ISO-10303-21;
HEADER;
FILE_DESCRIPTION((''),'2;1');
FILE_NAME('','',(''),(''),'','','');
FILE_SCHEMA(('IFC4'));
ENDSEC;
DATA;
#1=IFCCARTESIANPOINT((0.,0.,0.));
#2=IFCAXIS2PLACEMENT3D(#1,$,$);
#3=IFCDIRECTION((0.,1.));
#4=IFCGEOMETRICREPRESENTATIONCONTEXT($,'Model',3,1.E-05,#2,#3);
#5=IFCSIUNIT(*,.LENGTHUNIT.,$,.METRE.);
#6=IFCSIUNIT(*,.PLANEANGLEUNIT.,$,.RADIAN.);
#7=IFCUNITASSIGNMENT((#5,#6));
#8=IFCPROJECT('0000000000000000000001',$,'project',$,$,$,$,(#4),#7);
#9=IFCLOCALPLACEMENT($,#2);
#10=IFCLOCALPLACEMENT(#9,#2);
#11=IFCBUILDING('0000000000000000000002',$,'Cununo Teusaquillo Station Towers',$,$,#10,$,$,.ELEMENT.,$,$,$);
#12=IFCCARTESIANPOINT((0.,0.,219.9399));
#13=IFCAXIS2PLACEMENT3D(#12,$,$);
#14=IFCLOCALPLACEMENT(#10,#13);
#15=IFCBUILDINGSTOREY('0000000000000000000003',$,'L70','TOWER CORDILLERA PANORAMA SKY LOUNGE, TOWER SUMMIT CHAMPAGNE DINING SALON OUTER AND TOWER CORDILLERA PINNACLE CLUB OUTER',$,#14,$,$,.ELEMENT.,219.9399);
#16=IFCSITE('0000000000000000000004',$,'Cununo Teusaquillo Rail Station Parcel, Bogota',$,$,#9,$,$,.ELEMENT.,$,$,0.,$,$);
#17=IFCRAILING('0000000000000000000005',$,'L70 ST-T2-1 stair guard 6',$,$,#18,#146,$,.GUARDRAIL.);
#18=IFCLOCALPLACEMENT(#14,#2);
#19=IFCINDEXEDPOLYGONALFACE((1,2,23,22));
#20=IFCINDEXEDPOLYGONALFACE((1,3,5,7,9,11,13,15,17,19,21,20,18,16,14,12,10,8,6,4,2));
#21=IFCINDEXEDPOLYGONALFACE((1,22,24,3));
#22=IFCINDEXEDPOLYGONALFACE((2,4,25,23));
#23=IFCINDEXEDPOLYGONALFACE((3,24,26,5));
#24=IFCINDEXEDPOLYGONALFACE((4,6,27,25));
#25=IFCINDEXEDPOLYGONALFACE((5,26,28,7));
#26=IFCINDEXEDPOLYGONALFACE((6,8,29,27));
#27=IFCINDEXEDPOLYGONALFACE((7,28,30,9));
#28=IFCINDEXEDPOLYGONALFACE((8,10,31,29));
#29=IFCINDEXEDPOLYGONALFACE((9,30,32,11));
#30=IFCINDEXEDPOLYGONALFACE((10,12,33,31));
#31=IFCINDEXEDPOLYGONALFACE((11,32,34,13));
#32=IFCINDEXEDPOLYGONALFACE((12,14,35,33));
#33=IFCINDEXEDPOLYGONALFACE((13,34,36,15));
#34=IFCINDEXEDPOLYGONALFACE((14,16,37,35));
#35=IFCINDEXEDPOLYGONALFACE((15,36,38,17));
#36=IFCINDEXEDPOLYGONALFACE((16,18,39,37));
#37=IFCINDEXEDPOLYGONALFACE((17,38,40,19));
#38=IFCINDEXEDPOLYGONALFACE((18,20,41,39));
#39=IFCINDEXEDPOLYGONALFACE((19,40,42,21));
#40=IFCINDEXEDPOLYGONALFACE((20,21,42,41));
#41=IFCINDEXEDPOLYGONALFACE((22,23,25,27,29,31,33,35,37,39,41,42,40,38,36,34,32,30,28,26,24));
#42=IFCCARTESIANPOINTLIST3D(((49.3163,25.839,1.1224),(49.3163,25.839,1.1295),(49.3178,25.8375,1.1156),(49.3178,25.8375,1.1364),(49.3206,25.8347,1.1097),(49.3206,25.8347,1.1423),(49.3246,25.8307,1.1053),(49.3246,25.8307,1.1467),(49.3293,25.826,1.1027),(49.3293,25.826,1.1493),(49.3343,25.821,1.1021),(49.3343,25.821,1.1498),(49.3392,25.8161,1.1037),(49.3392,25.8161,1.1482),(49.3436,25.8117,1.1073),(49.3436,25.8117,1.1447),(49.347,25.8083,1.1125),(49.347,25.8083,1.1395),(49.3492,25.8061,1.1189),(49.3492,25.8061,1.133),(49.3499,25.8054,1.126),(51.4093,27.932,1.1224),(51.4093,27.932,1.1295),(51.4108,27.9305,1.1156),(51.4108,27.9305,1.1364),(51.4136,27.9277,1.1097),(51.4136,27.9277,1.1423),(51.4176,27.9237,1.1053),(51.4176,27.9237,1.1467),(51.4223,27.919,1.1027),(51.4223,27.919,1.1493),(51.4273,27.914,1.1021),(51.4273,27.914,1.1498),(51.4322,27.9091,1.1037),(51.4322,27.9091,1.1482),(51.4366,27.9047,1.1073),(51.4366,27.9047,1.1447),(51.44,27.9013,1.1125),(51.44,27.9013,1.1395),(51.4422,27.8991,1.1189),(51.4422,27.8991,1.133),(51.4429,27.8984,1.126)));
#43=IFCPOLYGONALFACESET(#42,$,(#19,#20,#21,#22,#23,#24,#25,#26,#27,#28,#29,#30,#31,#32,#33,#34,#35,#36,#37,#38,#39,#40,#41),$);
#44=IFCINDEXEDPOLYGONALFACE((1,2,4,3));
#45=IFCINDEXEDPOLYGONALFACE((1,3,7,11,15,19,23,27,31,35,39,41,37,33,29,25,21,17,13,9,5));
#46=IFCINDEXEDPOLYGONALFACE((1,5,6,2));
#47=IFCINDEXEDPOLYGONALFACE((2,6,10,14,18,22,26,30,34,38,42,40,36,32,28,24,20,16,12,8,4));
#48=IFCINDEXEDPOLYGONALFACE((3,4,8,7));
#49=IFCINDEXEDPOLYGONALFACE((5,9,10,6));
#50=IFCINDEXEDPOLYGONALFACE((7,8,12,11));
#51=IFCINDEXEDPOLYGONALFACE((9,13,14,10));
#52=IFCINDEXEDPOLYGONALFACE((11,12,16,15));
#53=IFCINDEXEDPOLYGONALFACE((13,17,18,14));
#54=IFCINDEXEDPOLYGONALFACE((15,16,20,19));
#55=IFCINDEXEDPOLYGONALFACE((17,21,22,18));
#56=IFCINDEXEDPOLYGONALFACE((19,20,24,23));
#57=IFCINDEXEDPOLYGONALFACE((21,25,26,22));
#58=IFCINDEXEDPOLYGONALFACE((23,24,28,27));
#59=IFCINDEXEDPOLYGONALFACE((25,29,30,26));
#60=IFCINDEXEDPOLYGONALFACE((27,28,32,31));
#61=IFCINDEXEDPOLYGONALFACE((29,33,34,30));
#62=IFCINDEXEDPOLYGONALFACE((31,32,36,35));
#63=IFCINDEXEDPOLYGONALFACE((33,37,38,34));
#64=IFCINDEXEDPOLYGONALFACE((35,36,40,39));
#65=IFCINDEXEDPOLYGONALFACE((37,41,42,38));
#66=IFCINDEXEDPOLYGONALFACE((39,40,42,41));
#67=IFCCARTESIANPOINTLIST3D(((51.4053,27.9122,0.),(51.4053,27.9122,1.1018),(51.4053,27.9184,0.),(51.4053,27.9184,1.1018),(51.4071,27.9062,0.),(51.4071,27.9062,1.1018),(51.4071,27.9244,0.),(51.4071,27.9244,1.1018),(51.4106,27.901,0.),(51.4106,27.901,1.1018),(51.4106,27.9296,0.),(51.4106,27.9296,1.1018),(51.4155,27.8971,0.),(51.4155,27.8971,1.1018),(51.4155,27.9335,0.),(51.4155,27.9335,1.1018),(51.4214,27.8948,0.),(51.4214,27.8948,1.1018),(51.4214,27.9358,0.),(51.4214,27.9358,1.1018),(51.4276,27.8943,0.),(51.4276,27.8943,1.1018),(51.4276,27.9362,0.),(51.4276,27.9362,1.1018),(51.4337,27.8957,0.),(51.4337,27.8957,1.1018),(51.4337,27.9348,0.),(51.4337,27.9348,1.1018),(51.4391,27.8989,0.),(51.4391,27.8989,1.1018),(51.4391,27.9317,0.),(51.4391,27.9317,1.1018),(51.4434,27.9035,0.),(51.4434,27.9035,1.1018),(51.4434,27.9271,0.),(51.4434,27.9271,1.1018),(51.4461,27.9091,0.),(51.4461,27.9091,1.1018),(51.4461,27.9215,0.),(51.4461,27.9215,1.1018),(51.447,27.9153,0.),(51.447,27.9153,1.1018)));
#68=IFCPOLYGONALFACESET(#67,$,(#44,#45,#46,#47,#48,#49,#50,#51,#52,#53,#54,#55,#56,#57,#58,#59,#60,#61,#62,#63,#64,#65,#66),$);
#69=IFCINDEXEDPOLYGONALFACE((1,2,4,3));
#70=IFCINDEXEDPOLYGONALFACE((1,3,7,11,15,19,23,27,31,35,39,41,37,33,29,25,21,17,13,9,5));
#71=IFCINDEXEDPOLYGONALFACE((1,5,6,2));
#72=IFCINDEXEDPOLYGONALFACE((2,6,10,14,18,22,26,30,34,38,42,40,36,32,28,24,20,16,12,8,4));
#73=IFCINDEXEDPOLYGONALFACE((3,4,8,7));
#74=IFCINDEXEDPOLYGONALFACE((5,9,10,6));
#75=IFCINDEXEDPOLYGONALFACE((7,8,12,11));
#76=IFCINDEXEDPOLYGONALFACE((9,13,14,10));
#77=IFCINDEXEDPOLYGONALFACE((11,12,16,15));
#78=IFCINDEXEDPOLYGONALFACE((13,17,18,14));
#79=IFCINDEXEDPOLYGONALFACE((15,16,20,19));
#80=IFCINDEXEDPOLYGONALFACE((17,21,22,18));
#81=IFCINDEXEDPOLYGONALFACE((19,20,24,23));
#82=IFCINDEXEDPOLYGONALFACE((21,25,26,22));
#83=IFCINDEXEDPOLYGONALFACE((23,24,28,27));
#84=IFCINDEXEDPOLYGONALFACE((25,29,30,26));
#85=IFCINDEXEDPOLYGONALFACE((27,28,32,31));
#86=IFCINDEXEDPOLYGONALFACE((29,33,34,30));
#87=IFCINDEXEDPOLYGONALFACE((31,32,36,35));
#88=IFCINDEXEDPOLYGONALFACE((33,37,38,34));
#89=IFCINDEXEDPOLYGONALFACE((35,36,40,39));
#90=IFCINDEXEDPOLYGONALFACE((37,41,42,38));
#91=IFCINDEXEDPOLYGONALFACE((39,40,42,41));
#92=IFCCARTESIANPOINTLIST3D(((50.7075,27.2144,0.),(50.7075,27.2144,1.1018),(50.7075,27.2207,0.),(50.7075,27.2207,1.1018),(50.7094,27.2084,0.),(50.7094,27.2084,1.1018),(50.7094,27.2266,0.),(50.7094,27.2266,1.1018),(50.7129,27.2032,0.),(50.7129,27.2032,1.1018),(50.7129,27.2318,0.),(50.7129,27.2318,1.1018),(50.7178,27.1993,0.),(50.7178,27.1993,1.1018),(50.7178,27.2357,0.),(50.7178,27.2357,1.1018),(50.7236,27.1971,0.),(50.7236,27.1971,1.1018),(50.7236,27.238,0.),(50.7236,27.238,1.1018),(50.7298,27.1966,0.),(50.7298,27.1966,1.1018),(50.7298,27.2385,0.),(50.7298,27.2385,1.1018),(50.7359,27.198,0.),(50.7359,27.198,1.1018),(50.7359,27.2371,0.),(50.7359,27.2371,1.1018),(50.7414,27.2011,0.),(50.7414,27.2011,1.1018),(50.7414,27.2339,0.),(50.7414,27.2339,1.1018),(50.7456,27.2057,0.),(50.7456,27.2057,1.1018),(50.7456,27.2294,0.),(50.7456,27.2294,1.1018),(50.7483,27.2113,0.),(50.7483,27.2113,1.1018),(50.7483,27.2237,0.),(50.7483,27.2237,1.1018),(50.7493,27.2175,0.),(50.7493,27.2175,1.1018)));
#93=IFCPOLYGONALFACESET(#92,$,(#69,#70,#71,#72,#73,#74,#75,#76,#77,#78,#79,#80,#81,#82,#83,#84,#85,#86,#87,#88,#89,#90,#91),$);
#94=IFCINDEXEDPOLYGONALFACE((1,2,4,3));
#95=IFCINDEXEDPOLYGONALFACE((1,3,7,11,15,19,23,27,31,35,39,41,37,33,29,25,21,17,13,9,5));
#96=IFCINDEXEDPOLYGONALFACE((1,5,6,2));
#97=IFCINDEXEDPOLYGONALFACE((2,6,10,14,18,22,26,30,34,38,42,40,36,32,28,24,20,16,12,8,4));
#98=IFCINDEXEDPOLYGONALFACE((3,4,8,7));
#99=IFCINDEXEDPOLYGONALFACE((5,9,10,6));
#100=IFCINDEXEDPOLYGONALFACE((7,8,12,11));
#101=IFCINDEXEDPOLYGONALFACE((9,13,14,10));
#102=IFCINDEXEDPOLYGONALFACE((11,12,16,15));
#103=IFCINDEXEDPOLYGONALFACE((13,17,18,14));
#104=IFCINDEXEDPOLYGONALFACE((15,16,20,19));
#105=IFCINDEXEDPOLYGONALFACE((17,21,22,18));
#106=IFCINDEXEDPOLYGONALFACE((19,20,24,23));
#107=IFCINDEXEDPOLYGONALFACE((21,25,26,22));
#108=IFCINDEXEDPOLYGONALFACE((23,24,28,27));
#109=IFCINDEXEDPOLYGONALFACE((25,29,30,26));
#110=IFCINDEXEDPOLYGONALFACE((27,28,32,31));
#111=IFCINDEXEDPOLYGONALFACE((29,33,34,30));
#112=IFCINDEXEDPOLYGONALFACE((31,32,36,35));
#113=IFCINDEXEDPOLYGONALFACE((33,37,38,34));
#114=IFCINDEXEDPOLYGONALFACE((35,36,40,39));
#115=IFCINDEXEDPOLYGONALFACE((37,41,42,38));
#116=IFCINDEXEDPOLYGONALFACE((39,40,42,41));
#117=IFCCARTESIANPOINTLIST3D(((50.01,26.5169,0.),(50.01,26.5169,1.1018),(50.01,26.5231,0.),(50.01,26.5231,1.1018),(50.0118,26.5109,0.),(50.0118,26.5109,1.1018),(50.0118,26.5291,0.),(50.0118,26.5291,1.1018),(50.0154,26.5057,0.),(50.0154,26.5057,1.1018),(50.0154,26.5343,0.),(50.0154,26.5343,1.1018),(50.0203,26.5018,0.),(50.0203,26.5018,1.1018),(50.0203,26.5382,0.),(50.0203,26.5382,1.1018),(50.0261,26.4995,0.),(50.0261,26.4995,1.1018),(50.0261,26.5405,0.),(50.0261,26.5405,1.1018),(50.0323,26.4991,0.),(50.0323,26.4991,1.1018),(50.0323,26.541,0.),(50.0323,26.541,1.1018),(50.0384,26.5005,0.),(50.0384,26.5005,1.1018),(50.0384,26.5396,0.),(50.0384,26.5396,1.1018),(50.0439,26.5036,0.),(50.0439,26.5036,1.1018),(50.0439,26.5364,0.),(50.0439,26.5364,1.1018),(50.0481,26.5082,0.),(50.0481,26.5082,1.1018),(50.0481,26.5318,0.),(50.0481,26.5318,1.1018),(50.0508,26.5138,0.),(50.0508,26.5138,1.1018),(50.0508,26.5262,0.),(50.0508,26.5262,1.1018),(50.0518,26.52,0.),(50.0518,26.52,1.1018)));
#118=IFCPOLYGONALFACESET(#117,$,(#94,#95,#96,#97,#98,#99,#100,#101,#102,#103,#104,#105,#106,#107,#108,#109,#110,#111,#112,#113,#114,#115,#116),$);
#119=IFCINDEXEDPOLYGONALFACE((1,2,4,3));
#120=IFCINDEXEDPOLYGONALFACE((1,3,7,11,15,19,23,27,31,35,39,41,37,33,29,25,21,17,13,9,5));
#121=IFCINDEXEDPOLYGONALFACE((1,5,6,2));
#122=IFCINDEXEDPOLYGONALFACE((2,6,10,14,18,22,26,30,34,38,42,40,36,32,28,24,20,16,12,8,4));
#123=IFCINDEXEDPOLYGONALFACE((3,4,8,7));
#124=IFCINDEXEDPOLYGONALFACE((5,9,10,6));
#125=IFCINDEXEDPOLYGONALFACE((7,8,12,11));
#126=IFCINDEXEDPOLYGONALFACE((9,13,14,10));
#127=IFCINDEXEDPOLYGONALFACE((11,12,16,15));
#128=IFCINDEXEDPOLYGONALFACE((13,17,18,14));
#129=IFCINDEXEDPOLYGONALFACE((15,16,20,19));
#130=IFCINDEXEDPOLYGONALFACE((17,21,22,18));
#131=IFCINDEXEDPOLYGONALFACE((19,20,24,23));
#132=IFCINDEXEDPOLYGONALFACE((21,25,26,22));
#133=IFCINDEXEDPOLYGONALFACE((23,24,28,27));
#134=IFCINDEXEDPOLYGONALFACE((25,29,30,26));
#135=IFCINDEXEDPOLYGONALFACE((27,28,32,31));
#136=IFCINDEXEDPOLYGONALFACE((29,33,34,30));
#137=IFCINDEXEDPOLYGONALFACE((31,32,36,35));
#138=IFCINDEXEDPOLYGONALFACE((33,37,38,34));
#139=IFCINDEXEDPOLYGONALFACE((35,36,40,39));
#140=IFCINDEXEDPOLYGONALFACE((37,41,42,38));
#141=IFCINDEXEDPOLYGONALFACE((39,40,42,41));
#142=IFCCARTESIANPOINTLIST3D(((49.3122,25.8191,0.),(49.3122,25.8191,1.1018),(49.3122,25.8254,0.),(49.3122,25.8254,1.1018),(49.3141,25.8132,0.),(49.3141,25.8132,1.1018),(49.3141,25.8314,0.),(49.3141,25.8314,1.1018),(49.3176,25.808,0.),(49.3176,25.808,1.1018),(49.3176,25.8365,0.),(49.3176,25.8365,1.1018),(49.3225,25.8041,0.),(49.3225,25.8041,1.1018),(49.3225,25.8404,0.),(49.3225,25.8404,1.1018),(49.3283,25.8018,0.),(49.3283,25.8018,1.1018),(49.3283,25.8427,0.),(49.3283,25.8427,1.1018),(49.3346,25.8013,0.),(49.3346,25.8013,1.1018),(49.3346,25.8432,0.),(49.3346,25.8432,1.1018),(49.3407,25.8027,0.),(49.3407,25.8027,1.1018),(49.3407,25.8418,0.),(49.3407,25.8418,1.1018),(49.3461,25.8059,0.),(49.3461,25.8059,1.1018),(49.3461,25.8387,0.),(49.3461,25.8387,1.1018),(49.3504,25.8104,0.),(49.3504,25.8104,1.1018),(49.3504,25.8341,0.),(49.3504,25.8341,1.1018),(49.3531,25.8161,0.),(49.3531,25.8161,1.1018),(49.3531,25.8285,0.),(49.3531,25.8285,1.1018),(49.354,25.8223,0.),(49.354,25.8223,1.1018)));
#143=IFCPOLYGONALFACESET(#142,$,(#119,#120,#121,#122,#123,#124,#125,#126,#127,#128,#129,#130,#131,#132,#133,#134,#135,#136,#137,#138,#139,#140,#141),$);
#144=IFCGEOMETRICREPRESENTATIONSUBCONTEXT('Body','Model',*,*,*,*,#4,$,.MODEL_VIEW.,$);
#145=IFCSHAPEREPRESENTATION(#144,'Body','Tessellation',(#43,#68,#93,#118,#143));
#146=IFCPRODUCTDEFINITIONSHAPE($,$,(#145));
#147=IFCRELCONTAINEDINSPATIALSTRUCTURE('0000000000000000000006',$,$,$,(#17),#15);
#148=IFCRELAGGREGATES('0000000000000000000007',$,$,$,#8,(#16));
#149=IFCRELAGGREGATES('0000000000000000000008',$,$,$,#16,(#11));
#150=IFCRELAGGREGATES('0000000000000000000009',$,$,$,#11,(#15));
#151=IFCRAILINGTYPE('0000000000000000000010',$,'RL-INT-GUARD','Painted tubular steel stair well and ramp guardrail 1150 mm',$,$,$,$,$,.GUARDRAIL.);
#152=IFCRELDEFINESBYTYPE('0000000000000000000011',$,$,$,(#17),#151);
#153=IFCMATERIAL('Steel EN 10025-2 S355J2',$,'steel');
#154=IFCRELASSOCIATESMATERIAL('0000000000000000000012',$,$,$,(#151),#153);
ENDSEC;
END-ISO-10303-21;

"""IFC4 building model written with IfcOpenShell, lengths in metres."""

from ifc_helpers import new_model, si_unit, direction, frame, origin, origin_2d, place, context, subcontext, project, spatial, circle, extrude, material, type_object, element, save


model = new_model("IFC4")

# Units and contexts
model_context = context("Model", 3, precision=1e-05, world=origin(), true_north=direction((0.0, 1.0)))
body_context = subcontext(model_context, "Body", "Model", "MODEL_VIEW")
ifc_project = project(units=[si_unit("LENGTHUNIT", "METRE"), si_unit("PLANEANGLEUNIT", "RADIAN")], contexts=[model_context])

# Site, building, storey
site_placement = place(None, origin())
site = spatial("IfcSite", under=ifc_project, at=site_placement, Name="Cununo Teusaquillo Rail Station Parcel, Bogota", CompositionType="ELEMENT", RefElevation=0.0)
building_placement = place(site_placement, origin())
building = spatial("IfcBuilding", under=site, at=building_placement, Name="Cununo Teusaquillo Station Towers", CompositionType="ELEMENT")
storey_placement = place(building_placement, frame((0.0, 0.0, 219.9399)))
storey = spatial("IfcBuildingStorey", under=building, at=storey_placement, Name="L70", Description="TOWER CORDILLERA PANORAMA SKY LOUNGE, TOWER SUMMIT CHAMPAGNE DINING SALON OUTER AND TOWER CORDILLERA PINNACLE CLUB OUTER", CompositionType="ELEMENT", Elevation=219.9399)

# Railing
ifc_material_1 = material(Name="Steel EN 10025-2 S355J2", Category="steel")
railing_type = type_object("IfcRailingType", Name="RL-INT-GUARD", Description="Painted tubular steel stair well and ramp guardrail 1150 mm", PredefinedType="GUARDRAIL", material=ifc_material_1)
railing_1_placement = place(storey_placement, frame((51.426, 27.9153, 0.0)))
element("IfcRailing", 1, at=railing_1_placement, inside=storey, type_object=railing_type, Name="L70 ST-T2-1 stair guard 6", PredefinedType="GUARDRAIL", context=body_context, shape_type="SweptSolid", body=[
    extrude(circle(Radius=0.0239, at=origin_2d()), frame((0.0, 0.0, 1.126), z_axis=(-0.707107, -0.707107, 0.0), x_axis=(0.707107, -0.707107, 0.0)), (0.0, 0.0, 1.0), 2.96),
    extrude(circle(Radius=0.021, at=origin_2d()), origin(), (0.0, 0.0, 1.0), 1.1018),
    extrude(circle(Radius=0.021, at=origin_2d()), frame((-0.6978, -0.6978, 0.0)), (0.0, 0.0, 1.0), 1.1018),
    extrude(circle(Radius=0.021, at=origin_2d()), frame((-1.3953, -1.3953, 0.0)), (0.0, 0.0, 1.0), 1.1018),
    extrude(circle(Radius=0.021, at=origin_2d()), frame((-2.093, -2.093, 0.0)), (0.0, 0.0, 1.0), 1.1018),
])

save(model, "model.ifc")
